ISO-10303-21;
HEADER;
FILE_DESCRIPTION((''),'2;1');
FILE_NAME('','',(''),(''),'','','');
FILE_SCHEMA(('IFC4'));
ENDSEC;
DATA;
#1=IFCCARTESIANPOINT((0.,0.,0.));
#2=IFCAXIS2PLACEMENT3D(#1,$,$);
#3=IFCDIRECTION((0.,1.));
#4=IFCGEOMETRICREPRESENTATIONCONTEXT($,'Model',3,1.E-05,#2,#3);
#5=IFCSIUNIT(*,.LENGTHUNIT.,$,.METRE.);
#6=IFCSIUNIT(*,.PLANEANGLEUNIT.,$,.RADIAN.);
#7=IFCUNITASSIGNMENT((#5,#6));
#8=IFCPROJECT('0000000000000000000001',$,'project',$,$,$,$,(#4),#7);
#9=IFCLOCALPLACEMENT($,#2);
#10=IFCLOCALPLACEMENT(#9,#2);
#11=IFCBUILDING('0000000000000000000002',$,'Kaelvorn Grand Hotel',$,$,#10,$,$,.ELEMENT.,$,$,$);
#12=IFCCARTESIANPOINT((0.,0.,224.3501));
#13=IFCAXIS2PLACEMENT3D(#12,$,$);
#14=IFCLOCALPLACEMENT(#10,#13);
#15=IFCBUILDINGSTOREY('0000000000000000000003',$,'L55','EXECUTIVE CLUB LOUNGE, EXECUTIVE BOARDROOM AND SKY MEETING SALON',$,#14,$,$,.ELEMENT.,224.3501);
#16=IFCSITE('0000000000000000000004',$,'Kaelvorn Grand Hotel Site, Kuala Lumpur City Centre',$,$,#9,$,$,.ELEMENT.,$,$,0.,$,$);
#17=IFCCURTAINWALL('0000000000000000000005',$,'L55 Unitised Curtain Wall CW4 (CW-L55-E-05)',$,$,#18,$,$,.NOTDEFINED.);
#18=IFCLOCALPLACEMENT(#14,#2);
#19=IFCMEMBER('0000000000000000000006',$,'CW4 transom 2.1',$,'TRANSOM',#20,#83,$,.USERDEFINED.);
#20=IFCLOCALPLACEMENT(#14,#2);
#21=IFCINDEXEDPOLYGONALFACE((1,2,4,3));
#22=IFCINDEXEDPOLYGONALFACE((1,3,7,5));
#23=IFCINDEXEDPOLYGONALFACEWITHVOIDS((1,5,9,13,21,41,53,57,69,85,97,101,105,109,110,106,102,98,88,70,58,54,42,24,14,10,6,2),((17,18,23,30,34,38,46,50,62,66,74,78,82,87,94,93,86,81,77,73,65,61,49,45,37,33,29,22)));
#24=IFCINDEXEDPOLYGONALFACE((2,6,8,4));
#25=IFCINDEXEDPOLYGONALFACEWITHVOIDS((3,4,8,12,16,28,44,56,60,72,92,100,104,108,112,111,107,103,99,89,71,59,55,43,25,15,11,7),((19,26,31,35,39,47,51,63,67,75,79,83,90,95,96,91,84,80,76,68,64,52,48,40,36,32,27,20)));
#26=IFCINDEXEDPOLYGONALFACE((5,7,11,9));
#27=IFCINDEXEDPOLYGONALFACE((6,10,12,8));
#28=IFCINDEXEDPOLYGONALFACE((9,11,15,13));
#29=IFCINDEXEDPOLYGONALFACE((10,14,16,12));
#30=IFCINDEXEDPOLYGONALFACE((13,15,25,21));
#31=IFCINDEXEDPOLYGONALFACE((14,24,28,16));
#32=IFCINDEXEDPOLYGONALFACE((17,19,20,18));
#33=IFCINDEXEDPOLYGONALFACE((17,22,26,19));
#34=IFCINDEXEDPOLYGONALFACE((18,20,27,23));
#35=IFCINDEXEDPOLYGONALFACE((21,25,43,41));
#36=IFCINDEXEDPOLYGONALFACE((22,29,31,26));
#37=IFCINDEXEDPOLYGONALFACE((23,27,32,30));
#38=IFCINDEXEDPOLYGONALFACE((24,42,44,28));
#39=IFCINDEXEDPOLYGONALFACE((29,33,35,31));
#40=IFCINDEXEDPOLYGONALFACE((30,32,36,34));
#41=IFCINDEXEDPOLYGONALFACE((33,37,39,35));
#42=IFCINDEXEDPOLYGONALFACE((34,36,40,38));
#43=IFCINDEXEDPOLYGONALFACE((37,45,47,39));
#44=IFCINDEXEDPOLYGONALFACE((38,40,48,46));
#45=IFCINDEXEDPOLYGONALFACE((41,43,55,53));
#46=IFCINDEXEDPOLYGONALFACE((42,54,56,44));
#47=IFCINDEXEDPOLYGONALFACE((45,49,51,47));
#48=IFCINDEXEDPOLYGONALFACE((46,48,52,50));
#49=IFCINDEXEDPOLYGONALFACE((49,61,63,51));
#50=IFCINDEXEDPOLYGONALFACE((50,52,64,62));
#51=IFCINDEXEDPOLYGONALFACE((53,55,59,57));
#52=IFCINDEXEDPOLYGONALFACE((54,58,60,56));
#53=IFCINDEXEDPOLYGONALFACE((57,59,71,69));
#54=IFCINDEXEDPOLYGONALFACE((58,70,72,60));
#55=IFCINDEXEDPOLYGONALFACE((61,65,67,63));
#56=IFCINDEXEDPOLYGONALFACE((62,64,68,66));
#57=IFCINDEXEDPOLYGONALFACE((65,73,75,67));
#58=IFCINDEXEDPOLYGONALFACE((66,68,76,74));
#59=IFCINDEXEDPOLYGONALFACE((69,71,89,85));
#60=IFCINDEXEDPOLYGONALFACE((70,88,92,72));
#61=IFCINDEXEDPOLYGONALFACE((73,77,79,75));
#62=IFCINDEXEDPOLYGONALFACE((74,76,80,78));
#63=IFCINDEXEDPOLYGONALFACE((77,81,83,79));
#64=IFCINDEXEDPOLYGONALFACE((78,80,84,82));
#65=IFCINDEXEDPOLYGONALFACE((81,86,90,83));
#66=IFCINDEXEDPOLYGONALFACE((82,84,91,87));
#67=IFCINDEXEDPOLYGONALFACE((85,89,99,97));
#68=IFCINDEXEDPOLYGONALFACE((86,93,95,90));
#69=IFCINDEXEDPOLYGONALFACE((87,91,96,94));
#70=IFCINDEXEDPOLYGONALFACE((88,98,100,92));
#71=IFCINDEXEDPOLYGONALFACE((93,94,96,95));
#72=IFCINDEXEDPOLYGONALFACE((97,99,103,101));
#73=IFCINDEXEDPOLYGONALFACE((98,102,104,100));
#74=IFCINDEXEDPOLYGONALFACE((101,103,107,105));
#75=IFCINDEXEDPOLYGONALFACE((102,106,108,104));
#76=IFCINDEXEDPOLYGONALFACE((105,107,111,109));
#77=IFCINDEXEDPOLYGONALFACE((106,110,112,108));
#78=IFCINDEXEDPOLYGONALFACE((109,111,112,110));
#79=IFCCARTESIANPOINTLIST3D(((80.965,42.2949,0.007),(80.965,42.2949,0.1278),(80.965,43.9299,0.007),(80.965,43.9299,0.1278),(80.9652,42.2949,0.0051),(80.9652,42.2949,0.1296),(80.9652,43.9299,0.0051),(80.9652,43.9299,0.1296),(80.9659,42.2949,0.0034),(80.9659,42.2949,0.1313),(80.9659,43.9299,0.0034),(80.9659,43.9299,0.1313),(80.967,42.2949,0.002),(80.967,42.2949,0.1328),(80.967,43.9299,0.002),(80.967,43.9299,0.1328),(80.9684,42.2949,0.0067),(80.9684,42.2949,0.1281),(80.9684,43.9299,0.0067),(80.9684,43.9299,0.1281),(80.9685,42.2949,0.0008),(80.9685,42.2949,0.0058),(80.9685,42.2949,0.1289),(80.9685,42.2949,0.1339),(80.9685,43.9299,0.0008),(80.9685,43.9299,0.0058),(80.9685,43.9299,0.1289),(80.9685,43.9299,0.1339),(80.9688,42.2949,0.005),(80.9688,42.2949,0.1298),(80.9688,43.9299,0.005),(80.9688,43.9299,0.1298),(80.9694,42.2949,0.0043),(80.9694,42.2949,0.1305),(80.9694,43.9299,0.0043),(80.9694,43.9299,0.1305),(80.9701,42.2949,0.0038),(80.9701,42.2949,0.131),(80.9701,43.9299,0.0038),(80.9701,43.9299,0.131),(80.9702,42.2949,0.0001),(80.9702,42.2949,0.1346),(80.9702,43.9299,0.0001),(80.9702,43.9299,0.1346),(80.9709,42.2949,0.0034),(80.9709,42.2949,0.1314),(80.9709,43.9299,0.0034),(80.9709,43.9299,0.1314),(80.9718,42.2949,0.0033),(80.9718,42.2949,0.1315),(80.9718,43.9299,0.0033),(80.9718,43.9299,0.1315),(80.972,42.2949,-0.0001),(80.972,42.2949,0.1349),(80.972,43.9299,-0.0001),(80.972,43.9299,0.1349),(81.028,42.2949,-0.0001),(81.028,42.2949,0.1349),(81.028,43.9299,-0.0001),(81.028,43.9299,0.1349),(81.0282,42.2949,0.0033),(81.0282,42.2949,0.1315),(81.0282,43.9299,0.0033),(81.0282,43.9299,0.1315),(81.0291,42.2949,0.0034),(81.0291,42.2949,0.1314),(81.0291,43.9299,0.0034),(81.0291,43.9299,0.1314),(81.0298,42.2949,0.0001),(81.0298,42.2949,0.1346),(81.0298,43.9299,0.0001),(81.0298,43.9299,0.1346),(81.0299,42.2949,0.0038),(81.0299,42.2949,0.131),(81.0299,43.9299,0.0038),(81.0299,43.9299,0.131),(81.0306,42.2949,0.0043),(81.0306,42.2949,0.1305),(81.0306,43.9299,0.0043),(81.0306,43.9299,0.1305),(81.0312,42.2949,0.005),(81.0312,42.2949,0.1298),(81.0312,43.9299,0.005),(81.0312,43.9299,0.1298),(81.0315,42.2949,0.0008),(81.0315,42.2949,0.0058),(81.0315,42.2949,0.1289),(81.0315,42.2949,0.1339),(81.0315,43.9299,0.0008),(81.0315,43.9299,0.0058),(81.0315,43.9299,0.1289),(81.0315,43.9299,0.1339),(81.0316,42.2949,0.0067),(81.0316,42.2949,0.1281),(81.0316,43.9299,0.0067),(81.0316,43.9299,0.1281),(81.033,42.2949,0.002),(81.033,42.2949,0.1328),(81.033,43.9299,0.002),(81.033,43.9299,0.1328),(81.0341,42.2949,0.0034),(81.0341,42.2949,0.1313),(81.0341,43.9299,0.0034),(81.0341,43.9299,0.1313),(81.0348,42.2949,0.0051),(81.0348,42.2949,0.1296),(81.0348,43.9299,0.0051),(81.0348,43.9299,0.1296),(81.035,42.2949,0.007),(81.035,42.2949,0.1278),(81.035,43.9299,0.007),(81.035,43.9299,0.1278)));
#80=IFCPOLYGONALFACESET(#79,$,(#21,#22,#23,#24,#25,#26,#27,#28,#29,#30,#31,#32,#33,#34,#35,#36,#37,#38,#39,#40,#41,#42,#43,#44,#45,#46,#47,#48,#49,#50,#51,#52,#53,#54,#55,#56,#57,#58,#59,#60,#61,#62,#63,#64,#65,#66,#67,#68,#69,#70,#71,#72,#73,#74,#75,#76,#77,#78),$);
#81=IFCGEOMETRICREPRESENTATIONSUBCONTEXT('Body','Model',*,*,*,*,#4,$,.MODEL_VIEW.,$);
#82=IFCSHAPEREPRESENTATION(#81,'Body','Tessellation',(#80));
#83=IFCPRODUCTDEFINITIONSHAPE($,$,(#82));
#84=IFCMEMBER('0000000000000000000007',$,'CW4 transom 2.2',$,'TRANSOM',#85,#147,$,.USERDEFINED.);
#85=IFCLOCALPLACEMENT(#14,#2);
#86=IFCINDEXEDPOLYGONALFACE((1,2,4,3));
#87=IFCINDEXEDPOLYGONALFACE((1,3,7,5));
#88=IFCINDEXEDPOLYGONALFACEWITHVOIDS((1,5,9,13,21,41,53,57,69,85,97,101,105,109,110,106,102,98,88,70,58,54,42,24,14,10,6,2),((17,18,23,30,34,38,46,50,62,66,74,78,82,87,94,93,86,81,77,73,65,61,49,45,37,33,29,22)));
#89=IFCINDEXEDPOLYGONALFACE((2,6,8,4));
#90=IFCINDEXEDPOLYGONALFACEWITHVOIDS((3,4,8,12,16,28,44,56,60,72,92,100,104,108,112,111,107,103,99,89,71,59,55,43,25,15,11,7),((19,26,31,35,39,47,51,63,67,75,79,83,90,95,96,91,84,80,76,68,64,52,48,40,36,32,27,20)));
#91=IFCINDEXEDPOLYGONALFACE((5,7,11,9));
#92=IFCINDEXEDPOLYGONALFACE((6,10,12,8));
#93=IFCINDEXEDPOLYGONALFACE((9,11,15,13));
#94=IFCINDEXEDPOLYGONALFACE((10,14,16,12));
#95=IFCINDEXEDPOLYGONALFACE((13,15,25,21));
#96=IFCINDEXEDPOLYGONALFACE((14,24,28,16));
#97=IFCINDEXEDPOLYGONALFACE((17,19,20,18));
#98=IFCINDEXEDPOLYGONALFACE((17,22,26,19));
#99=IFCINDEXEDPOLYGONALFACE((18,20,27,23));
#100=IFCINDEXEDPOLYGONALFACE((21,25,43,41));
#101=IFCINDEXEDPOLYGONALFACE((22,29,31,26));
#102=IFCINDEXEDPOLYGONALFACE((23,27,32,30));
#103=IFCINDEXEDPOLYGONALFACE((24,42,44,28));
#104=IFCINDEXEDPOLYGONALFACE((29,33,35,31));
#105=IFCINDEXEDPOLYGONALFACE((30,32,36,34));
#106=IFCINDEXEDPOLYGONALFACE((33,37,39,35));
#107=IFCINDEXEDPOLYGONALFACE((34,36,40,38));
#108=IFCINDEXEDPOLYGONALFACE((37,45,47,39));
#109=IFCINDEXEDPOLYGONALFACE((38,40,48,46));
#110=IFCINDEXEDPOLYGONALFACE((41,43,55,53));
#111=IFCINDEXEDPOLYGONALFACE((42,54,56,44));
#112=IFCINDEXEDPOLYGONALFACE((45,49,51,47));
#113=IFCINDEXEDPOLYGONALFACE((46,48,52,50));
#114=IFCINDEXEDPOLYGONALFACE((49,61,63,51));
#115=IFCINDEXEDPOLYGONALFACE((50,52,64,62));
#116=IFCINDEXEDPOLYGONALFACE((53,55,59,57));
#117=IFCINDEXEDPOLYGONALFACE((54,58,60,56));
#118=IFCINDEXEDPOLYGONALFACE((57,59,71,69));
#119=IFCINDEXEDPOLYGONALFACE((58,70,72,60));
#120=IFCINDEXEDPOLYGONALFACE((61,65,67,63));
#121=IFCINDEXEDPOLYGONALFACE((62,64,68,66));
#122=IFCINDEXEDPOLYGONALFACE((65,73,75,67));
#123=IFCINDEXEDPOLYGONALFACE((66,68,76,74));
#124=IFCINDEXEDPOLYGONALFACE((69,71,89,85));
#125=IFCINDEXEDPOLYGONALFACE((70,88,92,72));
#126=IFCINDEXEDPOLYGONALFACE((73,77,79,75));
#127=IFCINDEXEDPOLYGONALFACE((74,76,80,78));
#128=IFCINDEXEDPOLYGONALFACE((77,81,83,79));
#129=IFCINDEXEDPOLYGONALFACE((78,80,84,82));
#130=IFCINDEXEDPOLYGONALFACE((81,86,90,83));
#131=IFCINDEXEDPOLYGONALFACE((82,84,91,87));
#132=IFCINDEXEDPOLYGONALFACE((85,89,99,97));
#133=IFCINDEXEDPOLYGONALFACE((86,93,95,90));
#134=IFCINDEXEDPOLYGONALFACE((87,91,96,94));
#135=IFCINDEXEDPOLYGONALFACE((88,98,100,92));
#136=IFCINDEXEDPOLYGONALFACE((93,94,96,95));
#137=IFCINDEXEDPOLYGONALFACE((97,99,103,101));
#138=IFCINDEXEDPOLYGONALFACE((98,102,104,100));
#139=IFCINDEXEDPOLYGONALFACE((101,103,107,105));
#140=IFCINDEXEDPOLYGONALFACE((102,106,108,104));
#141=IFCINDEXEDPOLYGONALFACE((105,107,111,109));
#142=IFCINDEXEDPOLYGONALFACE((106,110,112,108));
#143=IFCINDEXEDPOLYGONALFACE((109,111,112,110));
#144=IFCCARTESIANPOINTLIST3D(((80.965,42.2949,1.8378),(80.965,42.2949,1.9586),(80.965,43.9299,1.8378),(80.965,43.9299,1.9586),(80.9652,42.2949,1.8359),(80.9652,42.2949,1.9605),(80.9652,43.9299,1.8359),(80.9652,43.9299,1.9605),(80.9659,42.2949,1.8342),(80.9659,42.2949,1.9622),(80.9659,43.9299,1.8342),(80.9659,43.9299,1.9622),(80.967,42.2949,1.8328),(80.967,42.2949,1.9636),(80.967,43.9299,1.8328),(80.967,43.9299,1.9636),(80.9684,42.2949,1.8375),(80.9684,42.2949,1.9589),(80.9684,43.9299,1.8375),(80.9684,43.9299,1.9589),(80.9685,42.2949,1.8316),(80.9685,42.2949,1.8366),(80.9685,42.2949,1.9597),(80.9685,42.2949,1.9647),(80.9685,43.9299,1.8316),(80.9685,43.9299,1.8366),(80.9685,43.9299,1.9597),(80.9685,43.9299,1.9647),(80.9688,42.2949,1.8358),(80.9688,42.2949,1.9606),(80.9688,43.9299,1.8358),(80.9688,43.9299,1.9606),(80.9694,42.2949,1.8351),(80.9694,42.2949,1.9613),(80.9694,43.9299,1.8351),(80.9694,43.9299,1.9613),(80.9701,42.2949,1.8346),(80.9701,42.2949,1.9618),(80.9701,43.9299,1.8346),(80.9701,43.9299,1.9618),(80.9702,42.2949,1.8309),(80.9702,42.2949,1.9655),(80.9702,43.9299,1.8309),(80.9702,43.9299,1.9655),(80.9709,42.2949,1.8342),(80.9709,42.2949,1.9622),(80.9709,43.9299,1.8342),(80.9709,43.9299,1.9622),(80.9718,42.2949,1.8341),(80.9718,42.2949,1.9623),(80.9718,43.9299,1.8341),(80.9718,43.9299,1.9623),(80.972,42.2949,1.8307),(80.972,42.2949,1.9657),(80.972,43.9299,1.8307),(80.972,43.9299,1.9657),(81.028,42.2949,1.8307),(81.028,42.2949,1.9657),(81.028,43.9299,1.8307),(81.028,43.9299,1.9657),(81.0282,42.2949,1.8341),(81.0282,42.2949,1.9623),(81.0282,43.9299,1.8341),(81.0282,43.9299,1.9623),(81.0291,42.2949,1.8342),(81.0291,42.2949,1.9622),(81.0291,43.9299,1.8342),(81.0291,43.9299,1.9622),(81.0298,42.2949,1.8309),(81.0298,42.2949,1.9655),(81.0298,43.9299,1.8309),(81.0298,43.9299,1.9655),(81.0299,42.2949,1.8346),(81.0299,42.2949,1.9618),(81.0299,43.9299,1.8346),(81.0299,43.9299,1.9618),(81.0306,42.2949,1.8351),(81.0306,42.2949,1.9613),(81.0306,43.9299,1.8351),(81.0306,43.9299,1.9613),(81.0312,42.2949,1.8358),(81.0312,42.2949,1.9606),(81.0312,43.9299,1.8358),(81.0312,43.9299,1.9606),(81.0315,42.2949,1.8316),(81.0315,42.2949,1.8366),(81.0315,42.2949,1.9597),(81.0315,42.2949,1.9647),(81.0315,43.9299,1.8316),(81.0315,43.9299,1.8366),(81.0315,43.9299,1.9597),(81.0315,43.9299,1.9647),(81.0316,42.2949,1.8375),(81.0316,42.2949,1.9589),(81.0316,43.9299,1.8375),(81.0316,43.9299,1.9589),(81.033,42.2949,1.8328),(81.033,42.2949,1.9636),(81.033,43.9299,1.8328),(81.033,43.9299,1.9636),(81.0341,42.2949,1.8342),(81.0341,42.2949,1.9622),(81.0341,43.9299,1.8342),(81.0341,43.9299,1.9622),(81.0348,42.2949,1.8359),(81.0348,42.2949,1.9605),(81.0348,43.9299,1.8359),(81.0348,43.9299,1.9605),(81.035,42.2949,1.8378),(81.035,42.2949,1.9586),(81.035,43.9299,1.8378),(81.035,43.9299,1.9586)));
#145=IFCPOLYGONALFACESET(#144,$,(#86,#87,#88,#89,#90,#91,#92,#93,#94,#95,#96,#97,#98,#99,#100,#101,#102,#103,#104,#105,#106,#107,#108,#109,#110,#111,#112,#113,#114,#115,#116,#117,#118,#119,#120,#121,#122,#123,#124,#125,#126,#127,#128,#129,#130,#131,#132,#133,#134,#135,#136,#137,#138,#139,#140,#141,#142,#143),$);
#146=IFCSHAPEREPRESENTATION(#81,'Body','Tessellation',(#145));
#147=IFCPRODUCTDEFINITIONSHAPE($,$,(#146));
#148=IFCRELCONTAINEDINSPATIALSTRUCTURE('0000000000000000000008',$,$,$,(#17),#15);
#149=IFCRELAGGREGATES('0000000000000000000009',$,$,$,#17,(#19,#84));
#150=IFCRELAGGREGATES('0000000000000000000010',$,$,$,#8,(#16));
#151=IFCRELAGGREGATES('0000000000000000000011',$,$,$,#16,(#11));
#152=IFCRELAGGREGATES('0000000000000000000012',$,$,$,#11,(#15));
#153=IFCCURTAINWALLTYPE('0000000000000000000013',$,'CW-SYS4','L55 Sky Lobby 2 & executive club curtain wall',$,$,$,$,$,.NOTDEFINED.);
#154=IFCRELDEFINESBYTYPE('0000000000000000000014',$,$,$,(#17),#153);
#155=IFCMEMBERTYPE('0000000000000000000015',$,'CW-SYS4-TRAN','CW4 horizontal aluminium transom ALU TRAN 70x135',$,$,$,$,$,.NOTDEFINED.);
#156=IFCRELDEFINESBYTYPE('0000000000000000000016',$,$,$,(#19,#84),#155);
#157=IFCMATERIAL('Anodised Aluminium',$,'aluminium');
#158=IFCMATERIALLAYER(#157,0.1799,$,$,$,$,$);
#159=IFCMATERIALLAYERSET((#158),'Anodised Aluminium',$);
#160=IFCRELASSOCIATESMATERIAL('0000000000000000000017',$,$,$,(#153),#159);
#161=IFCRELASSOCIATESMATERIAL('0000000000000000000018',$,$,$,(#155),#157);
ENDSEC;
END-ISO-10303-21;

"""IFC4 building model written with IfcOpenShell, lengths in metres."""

from ifc_helpers import new_model, si_unit, direction, frame, origin, origin_2d, place, context, subcontext, project, spatial, hollow_rectangle, extrude, material, layer, layer_set, material_profile, profile_set, type_object, element, aggregate, save


model = new_model("IFC4")

# Units and contexts
model_context = context("Model", 3, precision=1e-05, world=origin(), true_north=direction((0.0, 1.0)))
body_context = subcontext(model_context, "Body", "Model", "MODEL_VIEW")
ifc_project = project(units=[si_unit("LENGTHUNIT", "METRE"), si_unit("PLANEANGLEUNIT", "RADIAN")], contexts=[model_context])

# Site, building, storey
site_placement = place(None, origin())
site = spatial("IfcSite", under=ifc_project, at=site_placement, Name="Kaelvorn Grand Hotel Site, Kuala Lumpur City Centre", CompositionType="ELEMENT", RefElevation=0.0)
building_placement = place(site_placement, origin())
building = spatial("IfcBuilding", under=site, at=building_placement, Name="Kaelvorn Grand Hotel", CompositionType="ELEMENT")
storey_placement = place(building_placement, frame((0.0, 0.0, 224.3501)))
storey = spatial("IfcBuildingStorey", under=building, at=storey_placement, Name="L55", Description="EXECUTIVE CLUB LOUNGE, EXECUTIVE BOARDROOM AND SKY MEETING SALON", CompositionType="ELEMENT", Elevation=224.3501)

# Shared definitions
ifc_material_1 = material(Name="Anodised Aluminium", Category="aluminium")
ifc_layer_1 = layer(ifc_material_1, 0.1799)
ifc_layer_set_1 = layer_set([ifc_layer_1], Name="Anodised Aluminium")
curtain_wall_type = type_object("IfcCurtainWallType", Name="CW-SYS4", Description="L55 Sky Lobby 2 & executive club curtain wall", PredefinedType="NOTDEFINED", material=ifc_layer_set_1)

# Curtain wall, members
curtain_wall_1_placement = place(storey_placement, origin())
curtain_wall_1 = element("IfcCurtainWall", 1, at=curtain_wall_1_placement, inside=storey, type_object=curtain_wall_type, Name="L55 Unitised Curtain Wall CW4 (CW-L55-E-05)", PredefinedType="NOTDEFINED")
ifc_material_profile_1 = material_profile(ifc_material_1, hollow_rectangle(XDim=0.0701, YDim=0.135, WallThickness=0.0034, InnerFilletRadius=0.0034, OuterFilletRadius=0.0071, at=origin_2d()), Name="ALU TRAN 70x135")
ifc_profile_set_1 = profile_set([ifc_material_profile_1], Name="Anodised Aluminium")
member_type_1 = type_object("IfcMemberType", Name="CW-SYS4-TRAN", Description="CW4 horizontal aluminium transom ALU TRAN 70x135", PredefinedType="NOTDEFINED", material=ifc_profile_set_1)
member_1_placement = place(storey_placement, frame((81.0, 42.2949, 0.0674), z_axis=(0.0, 1.0, 0.0), x_axis=(-1.0, 0.0, 0.0)))
member_1 = element("IfcMember", 2, at=member_1_placement, type_object=member_type_1, Name="CW4 transom 2.1", ObjectType="TRANSOM", PredefinedType="USERDEFINED", context=body_context, shape_type="SweptSolid", body=[
    extrude(hollow_rectangle(XDim=0.0701, YDim=0.135, WallThickness=0.0034, InnerFilletRadius=0.0034, OuterFilletRadius=0.0071, at=origin_2d()), origin(), (0.0, 0.0, 1.0), 1.635),
])
member_2_placement = place(storey_placement, frame((81.0, 42.2949, 1.8982), z_axis=(0.0, 1.0, 0.0), x_axis=(-1.0, 0.0, 0.0)))
member_2 = element("IfcMember", 3, at=member_2_placement, type_object=member_type_1, Name="CW4 transom 2.2", ObjectType="TRANSOM", PredefinedType="USERDEFINED", context=body_context, shape_type="SweptSolid", body=[
    extrude(hollow_rectangle(XDim=0.0701, YDim=0.135, WallThickness=0.0034, InnerFilletRadius=0.0034, OuterFilletRadius=0.0071, at=origin_2d()), origin(), (0.0, 0.0, 1.0), 1.635),
])
aggregate(curtain_wall_1, [member_1, member_2])

save(model, "model.ifc")
